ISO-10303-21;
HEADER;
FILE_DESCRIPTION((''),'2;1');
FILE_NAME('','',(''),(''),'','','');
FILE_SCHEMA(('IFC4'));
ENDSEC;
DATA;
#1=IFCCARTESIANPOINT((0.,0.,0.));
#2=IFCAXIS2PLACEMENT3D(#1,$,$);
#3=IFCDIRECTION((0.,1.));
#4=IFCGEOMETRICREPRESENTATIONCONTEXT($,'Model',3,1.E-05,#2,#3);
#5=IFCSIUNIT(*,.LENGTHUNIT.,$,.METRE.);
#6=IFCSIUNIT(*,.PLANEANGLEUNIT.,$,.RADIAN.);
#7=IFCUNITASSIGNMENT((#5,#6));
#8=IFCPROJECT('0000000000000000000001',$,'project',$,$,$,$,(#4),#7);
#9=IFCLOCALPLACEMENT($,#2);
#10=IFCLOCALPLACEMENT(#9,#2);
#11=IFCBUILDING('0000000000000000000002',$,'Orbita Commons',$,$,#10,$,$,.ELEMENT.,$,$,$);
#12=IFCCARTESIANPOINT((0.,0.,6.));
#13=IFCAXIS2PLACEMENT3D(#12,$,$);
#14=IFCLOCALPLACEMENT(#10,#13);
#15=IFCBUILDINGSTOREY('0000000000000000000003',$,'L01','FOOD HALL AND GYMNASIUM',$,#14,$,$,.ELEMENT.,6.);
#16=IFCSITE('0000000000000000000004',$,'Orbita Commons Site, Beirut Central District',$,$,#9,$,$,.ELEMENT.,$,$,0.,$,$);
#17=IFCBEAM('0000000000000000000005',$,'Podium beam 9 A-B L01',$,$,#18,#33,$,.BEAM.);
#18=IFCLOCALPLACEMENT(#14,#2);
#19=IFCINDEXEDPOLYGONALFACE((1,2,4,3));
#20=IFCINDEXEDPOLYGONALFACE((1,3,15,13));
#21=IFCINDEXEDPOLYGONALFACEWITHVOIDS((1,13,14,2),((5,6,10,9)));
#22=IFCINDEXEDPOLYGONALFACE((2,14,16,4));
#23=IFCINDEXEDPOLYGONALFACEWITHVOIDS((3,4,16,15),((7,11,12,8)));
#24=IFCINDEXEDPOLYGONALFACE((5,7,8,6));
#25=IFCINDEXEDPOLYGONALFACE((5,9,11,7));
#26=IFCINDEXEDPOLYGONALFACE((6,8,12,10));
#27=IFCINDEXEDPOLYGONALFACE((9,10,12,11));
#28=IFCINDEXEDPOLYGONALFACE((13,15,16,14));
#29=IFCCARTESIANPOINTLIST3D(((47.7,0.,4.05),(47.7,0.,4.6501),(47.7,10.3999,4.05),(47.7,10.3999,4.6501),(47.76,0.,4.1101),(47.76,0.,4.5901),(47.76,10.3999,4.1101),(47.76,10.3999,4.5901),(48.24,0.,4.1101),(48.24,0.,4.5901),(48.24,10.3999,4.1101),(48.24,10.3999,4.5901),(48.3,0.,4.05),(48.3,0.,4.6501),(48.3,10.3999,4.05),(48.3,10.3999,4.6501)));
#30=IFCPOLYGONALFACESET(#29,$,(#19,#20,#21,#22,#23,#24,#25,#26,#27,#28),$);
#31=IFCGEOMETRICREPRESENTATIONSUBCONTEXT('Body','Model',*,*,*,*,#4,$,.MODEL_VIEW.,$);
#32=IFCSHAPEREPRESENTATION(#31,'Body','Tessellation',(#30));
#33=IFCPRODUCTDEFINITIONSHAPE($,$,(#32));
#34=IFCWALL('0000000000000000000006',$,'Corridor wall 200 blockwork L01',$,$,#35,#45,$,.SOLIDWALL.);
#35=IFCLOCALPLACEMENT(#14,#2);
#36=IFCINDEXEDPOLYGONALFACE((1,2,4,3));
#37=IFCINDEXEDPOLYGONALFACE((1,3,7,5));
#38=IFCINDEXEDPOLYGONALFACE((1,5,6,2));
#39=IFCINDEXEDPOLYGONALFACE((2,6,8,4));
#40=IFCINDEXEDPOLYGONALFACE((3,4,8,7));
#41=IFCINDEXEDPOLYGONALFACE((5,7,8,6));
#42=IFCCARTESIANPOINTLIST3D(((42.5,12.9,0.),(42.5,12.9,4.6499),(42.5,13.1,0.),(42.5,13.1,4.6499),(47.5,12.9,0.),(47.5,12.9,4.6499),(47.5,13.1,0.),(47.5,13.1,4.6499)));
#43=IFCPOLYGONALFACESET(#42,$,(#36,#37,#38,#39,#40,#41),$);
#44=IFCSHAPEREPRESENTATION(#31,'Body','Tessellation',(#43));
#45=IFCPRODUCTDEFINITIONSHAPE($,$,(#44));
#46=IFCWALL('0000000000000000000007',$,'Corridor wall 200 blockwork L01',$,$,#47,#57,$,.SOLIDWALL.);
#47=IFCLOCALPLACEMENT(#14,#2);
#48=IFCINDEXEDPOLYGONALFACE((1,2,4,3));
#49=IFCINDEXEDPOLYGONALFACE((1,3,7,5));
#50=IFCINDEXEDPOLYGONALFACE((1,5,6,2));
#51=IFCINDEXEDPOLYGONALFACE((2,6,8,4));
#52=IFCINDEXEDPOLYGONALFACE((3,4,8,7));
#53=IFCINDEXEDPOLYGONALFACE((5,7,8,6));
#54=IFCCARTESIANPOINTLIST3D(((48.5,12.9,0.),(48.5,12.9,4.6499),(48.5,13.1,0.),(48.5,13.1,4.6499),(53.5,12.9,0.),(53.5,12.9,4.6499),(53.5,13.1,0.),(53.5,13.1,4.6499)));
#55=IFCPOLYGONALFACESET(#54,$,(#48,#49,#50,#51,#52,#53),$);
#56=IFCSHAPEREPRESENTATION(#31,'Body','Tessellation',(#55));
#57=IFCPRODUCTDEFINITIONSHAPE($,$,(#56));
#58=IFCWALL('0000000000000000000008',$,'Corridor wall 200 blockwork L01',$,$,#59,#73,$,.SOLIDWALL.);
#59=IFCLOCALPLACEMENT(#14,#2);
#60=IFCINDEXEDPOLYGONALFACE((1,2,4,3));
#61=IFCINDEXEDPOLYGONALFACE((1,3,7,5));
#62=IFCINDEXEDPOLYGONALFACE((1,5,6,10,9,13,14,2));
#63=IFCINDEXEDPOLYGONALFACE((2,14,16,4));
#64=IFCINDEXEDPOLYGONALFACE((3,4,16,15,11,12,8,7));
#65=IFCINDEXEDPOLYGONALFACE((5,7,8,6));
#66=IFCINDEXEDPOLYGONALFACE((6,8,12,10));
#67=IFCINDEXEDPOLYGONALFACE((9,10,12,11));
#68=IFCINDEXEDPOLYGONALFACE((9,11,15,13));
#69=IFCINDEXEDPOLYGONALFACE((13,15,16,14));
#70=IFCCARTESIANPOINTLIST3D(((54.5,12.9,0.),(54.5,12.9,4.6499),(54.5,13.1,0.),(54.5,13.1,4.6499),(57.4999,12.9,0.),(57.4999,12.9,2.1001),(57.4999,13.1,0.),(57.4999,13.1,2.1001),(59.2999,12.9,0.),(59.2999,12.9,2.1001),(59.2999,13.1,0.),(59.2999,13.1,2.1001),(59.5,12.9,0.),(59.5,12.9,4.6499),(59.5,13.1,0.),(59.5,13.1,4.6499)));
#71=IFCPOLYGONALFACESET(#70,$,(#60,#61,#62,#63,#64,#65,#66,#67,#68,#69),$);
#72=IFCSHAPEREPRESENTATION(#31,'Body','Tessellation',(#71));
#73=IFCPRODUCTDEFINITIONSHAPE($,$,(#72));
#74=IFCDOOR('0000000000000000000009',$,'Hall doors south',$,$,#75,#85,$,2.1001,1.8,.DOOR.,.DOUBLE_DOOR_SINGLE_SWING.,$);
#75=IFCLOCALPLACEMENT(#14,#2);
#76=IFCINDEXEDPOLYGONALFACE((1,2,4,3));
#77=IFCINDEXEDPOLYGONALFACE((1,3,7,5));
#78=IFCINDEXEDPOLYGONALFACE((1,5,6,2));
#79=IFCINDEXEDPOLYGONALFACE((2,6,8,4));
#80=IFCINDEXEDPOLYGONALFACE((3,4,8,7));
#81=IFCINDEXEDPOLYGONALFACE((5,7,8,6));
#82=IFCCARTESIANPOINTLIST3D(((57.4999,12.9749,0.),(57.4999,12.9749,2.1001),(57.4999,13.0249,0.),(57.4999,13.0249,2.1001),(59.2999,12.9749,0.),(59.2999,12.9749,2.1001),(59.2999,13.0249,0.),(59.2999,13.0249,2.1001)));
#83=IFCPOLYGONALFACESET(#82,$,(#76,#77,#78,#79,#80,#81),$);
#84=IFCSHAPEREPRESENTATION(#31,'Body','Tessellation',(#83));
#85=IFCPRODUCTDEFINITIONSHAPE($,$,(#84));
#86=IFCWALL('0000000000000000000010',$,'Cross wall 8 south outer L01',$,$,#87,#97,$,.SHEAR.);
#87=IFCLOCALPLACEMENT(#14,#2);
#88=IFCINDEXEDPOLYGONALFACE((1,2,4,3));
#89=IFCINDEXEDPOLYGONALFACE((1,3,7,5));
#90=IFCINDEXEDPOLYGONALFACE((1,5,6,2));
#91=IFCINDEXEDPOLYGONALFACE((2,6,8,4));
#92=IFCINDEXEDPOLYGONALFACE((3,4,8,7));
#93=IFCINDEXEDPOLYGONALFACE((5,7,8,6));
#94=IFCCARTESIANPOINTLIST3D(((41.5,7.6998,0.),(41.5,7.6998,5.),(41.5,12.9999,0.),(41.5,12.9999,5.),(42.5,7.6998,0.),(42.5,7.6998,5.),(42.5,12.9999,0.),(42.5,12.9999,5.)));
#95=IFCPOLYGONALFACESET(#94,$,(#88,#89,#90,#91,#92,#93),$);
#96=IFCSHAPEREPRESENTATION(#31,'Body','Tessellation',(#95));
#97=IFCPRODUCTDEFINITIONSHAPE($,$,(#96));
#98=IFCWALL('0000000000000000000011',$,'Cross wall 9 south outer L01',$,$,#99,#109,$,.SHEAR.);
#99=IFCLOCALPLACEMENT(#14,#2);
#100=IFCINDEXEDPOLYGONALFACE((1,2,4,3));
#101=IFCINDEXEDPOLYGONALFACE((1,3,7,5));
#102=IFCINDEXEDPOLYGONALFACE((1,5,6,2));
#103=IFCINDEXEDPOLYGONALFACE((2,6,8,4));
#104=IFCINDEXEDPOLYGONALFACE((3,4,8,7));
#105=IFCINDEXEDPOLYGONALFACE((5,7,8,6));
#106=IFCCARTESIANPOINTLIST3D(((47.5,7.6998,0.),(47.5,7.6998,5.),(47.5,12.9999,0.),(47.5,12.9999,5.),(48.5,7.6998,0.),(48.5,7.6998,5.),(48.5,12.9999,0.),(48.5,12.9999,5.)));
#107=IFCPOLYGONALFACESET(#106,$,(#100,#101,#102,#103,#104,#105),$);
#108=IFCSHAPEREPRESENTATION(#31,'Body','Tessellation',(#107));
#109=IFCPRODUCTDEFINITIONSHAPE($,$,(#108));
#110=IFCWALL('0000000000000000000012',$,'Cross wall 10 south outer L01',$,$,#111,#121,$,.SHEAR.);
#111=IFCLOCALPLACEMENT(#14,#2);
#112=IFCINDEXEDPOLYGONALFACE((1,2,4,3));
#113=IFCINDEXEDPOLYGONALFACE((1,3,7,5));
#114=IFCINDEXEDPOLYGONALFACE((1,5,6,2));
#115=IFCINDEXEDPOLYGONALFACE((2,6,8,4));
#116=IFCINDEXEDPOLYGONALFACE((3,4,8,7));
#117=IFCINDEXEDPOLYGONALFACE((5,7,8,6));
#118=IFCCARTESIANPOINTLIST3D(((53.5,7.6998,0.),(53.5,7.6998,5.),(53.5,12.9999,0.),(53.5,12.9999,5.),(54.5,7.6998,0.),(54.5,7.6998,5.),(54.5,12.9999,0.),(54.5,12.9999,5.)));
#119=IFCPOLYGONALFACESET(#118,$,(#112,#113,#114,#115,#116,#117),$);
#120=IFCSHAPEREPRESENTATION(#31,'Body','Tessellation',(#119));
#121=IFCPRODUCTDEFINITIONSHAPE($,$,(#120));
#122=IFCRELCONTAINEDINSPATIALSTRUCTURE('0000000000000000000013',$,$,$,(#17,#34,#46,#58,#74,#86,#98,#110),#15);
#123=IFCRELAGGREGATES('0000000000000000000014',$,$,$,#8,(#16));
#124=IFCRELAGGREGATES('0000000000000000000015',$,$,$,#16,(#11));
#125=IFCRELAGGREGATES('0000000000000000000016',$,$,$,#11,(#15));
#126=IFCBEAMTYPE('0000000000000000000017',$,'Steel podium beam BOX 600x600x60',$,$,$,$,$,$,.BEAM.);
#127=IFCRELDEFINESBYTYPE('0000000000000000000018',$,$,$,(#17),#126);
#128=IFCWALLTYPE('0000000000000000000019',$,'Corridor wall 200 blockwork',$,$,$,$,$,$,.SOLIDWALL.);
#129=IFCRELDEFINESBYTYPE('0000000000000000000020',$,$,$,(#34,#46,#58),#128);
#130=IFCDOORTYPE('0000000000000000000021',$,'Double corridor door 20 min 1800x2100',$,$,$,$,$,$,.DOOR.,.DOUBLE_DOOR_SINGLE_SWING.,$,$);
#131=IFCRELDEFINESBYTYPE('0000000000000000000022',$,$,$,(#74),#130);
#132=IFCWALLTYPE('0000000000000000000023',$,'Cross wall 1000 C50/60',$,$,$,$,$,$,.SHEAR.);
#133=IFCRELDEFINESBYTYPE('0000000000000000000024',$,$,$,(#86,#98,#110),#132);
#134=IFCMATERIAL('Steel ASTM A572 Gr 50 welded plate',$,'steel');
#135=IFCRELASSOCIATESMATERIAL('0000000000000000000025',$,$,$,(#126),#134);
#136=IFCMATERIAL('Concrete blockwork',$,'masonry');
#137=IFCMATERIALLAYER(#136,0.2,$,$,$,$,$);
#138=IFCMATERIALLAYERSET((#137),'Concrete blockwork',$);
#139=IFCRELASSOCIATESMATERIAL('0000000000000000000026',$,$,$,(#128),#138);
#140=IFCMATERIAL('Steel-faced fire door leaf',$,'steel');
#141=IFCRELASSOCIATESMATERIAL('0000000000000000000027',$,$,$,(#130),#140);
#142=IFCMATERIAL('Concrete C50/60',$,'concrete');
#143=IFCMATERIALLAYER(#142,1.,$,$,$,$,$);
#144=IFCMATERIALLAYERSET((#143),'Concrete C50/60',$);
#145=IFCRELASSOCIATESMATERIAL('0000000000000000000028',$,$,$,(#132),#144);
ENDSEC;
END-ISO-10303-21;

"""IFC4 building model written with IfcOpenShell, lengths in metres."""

from ifc_helpers import new_model, si_unit, direction, frame, frame_2d, origin, origin_2d, place, context, subcontext, project, spatial, rectangle, hollow_rectangle, extrude, material, layer, layer_set, material_profile, profile_set, type_object, element, fill, save


model = new_model("IFC4")

# Units and contexts
model_context = context("Model", 3, precision=1e-05, world=origin(), true_north=direction((0.0, 1.0)))
body_context = subcontext(model_context, "Body", "Model", "MODEL_VIEW")
ifc_project = project(units=[si_unit("LENGTHUNIT", "METRE"), si_unit("PLANEANGLEUNIT", "RADIAN")], contexts=[model_context])

# Site, building, storey
site_placement = place(None, origin())
site = spatial("IfcSite", under=ifc_project, at=site_placement, Name="Orbita Commons Site, Beirut Central District", CompositionType="ELEMENT", RefElevation=0.0)
building_placement = place(site_placement, origin())
building = spatial("IfcBuilding", under=site, at=building_placement, Name="Orbita Commons", CompositionType="ELEMENT")
storey_placement = place(building_placement, frame((0.0, 0.0, 6.0)))
storey = spatial("IfcBuildingStorey", under=building, at=storey_placement, Name="L01", Description="FOOD HALL AND GYMNASIUM", CompositionType="ELEMENT", Elevation=6.0)

# Beam
ifc_material_1 = material(Name="Steel ASTM A572 Gr 50 welded plate", Category="steel")
ifc_material_profile_1 = material_profile(ifc_material_1, hollow_rectangle(XDim=0.6001, YDim=0.6001, WallThickness=0.0601, at=origin_2d()), Name="BOX 600x600x60")
ifc_profile_set_1 = profile_set([ifc_material_profile_1], Name="Steel ASTM A572 Gr 50 welded plate")
beam_type_1 = type_object("IfcBeamType", Name="Steel podium beam BOX 600x600x60", PredefinedType="BEAM", material=ifc_profile_set_1)
beam_1_placement = place(storey_placement, frame((48.0, 0.0, 4.3501), z_axis=(0.0, 1.0, 0.0), x_axis=(-1.0, 0.0, 0.0)))
element("IfcBeam", 1, at=beam_1_placement, inside=storey, type_object=beam_type_1, Name="Podium beam 9 A-B L01", PredefinedType="BEAM", context=body_context, shape_type="SweptSolid", body=[
    extrude(hollow_rectangle(XDim=0.6001, YDim=0.6001, WallThickness=0.0601, at=origin_2d()), origin(), (0.0, 0.0, 1.0), 10.3999),
])

# Walls
ifc_material_2 = material(Name="Concrete blockwork", Category="masonry")
ifc_layer_1 = layer(ifc_material_2, 0.2)
ifc_layer_set_1 = layer_set([ifc_layer_1], Name="Concrete blockwork")
wall_type_1 = type_object("IfcWallType", Name="Corridor wall 200 blockwork", PredefinedType="SOLIDWALL", material=ifc_layer_set_1)
for number, where, z_axis, x_axis, name in (
    (2, (42.5, 13.0, 0.0), (0.0, 0.0, 1.0), (1.0, 0.0, 0.0), "Corridor wall 200 blockwork L01"),
    (3, (48.5, 13.0, 0.0), (0.0, 0.0, 1.0), (1.0, 0.0, 0.0), "Corridor wall 200 blockwork L01"),
):
    element("IfcWall", number, at=place(storey_placement, frame(where, z_axis=z_axis, x_axis=x_axis)), inside=storey, type_object=wall_type_1, Name=name, PredefinedType="SOLIDWALL", context=body_context, shape_type="SweptSolid", body=[
        extrude(rectangle(XDim=5.0, YDim=0.2, at=frame_2d((2.5, 0.0))), origin(), (0.0, 0.0, 1.0), 4.6499),
    ])

# Wall, opening, door
wall_placement = place(storey_placement, frame((54.5, 13.0, 0.0), z_axis=(0.0, 0.0, 1.0), x_axis=(1.0, 0.0, 0.0)))
wall = element("IfcWall", 4, at=wall_placement, inside=storey, type_object=wall_type_1, Name="Corridor wall 200 blockwork L01", PredefinedType="SOLIDWALL", context=body_context, shape_type="SweptSolid", body=[
    extrude(rectangle(XDim=5.0, YDim=0.2, at=frame_2d((2.5, 0.0))), origin(), (0.0, 0.0, 1.0), 4.6499),
])
opening_placement = place(wall_placement, frame((3.0, 0.0, 0.0)))
opening = element("IfcOpeningElement", 5, at=opening_placement, cuts=wall, PredefinedType="OPENING", context=body_context, shape_type="SweptSolid", body=[
    extrude(rectangle(XDim=1.8, YDim=2.1001, at=frame_2d((0.8999, 1.05))), frame((0.0, 0.1099, 0.0), z_axis=(0.0, -1.0, 0.0), x_axis=(1.0, 0.0, 0.0)), (0.0, 0.0, 1.0), 0.22),
])
ifc_material_3 = material(Name="Steel-faced fire door leaf", Category="steel")
door_type = type_object("IfcDoorType", Name="Double corridor door 20 min 1800x2100", OperationType="DOUBLE_DOOR_SINGLE_SWING", PredefinedType="DOOR", material=ifc_material_3)
door_placement = place(opening_placement, origin())
door = element("IfcDoor", 6, at=door_placement, inside=storey, type_object=door_type, Name="Hall doors south", OperationType="DOUBLE_DOOR_SINGLE_SWING", OverallHeight=2.1001, OverallWidth=1.8, PredefinedType="DOOR", context=body_context, shape_type="SweptSolid", body=[
    extrude(rectangle(XDim=1.8, YDim=2.1001, at=frame_2d((0.8999, 1.05))), frame((0.0, 0.0249, 0.0), z_axis=(0.0, -1.0, 0.0), x_axis=(1.0, 0.0, 0.0)), (0.0, 0.0, 1.0), 0.05),
])
fill(opening, door)

# Walls
ifc_material_4 = material(Name="Concrete C50/60", Category="concrete")
ifc_layer_2 = layer(ifc_material_4, 1.0)
ifc_layer_set_2 = layer_set([ifc_layer_2], Name="Concrete C50/60")
wall_type_2 = type_object("IfcWallType", Name="Cross wall 1000 C50/60", PredefinedType="SHEAR", material=ifc_layer_set_2)
for number, where, z_axis, x_axis, name in (
    (7, (42.0, 7.7, 0.0), (0.0, 0.0, 1.0), (0.0, 1.0, 0.0), "Cross wall 8 south outer L01"),
    (8, (48.0, 7.7, 0.0), (0.0, 0.0, 1.0), (0.0, 1.0, 0.0), "Cross wall 9 south outer L01"),
    (9, (54.0, 7.7, 0.0), (0.0, 0.0, 1.0), (0.0, 1.0, 0.0), "Cross wall 10 south outer L01"),
):
    element("IfcWall", number, at=place(storey_placement, frame(where, z_axis=z_axis, x_axis=x_axis)), inside=storey, type_object=wall_type_2, Name=name, PredefinedType="SHEAR", context=body_context, shape_type="SweptSolid", body=[
        extrude(rectangle(XDim=5.3, YDim=1.0, at=frame_2d((2.6499, 0.0))), origin(), (0.0, 0.0, 1.0), 5.0),
    ])

save(model, "model.ifc")
